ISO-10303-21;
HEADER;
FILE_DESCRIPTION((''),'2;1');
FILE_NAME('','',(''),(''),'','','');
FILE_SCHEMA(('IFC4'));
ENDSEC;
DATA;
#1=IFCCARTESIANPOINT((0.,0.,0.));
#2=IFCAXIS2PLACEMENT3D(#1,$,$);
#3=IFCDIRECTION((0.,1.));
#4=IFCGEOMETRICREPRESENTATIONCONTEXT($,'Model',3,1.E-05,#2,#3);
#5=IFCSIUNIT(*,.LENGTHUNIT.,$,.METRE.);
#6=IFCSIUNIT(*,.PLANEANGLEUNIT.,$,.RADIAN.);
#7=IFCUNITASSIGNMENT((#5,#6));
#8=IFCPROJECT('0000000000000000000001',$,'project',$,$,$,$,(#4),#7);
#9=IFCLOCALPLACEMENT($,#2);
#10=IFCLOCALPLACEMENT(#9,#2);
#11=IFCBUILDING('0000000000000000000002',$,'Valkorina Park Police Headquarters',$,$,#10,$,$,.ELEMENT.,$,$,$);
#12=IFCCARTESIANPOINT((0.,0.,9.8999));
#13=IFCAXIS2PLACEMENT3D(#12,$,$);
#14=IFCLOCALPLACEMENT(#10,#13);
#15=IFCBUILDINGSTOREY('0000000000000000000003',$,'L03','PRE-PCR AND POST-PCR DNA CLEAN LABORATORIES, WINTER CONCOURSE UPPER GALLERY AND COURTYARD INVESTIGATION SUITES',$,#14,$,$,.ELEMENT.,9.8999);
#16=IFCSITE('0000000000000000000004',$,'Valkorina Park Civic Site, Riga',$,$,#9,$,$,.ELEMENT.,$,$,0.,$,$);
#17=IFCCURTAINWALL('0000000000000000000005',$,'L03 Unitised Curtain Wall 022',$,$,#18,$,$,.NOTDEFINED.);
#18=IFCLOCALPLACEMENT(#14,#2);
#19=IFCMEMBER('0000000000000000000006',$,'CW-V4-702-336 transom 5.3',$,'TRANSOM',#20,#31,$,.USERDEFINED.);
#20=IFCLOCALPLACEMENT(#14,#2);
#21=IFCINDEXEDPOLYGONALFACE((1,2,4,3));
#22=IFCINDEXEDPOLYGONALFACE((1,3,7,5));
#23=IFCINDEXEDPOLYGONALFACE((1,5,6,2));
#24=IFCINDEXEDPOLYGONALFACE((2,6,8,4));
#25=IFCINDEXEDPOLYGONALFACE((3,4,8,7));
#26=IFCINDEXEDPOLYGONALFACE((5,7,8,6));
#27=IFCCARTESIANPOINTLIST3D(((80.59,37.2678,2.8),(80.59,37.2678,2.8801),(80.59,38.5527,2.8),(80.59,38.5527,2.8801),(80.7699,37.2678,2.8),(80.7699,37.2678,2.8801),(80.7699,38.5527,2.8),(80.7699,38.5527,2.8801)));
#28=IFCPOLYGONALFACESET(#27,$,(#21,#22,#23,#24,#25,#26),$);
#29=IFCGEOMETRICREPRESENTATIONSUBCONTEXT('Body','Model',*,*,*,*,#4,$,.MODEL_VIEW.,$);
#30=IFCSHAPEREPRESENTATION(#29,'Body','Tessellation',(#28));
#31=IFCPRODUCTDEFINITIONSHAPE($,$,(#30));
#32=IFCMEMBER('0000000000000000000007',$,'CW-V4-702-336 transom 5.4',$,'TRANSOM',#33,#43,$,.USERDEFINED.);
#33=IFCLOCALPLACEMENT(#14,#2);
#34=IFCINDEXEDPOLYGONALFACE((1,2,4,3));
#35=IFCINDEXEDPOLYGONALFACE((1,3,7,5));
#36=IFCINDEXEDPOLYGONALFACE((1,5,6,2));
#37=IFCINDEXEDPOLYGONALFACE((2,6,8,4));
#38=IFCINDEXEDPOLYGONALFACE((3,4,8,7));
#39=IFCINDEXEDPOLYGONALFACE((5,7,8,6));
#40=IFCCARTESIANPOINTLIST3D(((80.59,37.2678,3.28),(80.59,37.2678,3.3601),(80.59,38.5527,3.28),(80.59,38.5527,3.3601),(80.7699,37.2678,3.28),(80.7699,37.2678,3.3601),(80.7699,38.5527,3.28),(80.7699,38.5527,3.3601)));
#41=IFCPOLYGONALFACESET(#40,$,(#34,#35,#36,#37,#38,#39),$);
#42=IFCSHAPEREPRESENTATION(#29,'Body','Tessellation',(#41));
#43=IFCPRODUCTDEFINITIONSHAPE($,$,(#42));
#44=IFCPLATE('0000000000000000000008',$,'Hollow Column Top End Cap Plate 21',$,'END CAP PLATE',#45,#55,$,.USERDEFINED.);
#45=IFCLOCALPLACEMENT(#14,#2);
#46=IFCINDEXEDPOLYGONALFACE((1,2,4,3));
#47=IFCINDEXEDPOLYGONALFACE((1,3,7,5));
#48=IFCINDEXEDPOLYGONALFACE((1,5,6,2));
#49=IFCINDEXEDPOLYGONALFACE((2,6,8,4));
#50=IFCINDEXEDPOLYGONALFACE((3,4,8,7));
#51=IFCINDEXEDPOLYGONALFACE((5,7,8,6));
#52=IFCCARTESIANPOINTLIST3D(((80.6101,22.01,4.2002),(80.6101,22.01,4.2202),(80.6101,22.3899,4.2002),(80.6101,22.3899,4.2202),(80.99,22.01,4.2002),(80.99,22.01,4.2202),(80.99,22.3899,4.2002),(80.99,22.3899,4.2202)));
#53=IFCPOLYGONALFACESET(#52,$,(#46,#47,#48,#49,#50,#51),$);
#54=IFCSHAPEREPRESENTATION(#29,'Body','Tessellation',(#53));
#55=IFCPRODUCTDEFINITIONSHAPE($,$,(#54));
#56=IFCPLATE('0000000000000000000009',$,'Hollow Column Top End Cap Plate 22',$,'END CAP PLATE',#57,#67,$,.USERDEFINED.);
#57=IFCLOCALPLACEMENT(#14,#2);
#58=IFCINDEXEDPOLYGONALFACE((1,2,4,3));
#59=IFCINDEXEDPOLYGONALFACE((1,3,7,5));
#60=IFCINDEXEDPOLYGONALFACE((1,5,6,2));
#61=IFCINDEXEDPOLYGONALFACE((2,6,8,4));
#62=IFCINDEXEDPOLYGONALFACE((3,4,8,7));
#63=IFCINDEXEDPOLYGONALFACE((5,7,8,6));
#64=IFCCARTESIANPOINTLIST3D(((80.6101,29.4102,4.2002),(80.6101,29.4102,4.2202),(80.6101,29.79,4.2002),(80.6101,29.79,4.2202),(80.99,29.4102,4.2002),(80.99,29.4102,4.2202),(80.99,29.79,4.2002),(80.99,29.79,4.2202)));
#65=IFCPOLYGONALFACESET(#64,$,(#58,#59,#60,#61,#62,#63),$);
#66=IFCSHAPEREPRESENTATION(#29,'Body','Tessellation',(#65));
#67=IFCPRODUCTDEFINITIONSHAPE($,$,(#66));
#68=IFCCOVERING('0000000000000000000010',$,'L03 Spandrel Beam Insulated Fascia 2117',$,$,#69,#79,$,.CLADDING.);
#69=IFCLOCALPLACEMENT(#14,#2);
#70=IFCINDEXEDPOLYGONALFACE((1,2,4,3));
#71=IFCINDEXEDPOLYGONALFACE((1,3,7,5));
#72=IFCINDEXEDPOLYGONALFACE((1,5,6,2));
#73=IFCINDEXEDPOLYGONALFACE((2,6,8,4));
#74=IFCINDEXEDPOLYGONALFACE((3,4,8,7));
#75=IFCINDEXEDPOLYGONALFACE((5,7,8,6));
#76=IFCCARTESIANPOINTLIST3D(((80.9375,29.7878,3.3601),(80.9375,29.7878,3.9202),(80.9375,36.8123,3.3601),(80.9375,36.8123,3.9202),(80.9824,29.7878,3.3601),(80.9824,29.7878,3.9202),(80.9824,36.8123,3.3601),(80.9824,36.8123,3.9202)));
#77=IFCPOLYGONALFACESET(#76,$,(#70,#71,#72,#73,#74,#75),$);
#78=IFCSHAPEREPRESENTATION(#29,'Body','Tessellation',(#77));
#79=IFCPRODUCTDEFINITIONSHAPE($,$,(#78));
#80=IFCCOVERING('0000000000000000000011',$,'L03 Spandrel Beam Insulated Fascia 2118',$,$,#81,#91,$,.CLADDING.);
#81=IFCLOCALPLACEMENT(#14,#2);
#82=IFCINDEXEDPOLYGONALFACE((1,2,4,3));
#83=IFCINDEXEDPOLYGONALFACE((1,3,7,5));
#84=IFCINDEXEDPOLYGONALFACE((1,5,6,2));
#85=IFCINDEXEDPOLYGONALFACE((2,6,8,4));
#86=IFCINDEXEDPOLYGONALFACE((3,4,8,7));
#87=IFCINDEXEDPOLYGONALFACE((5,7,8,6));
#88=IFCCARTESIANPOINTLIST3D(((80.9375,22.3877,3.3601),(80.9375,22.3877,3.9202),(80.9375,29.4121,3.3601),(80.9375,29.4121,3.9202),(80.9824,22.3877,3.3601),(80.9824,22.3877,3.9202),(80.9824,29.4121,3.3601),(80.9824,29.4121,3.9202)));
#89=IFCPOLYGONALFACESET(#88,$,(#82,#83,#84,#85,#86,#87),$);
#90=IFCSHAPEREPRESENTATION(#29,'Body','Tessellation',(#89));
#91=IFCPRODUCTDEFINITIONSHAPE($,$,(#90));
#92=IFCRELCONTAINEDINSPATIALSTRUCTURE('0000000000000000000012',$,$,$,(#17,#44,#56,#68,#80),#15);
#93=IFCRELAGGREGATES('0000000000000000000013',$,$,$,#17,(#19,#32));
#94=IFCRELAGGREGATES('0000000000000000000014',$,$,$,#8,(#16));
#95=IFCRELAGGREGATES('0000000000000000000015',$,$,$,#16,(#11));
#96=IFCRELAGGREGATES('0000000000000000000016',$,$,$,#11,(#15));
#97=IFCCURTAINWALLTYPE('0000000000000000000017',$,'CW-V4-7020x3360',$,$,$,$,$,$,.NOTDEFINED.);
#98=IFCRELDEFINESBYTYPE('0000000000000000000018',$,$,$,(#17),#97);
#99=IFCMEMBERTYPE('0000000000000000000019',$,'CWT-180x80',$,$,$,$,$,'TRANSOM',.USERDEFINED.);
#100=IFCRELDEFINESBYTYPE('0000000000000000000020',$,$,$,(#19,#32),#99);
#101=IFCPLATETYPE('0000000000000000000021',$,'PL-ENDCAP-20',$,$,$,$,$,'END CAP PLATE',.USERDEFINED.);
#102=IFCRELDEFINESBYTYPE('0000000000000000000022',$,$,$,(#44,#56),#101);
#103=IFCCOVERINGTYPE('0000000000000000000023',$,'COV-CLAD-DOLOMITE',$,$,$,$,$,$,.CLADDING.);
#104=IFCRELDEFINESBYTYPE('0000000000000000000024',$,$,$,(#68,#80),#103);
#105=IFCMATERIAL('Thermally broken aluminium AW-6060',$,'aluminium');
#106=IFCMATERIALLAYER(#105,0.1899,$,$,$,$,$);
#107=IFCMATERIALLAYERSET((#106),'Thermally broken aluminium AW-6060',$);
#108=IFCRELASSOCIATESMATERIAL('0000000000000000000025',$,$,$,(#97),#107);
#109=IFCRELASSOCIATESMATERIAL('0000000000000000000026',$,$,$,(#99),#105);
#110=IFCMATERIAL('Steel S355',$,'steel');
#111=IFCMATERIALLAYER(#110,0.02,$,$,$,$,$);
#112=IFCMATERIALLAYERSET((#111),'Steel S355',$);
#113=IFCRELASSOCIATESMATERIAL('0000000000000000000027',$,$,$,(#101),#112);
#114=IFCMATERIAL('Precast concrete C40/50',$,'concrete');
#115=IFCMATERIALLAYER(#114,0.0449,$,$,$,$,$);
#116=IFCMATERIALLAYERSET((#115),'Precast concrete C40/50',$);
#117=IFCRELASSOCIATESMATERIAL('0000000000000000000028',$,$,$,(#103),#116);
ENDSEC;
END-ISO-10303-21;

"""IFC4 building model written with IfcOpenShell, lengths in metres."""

from ifc_helpers import new_model, si_unit, direction, frame, frame_2d, origin, origin_2d, place, context, subcontext, project, spatial, rectangle, extrude, material, layer, layer_set, material_profile, profile_set, type_object, element, aggregate, save


model = new_model("IFC4")

# Units and contexts
model_context = context("Model", 3, precision=1e-05, world=origin(), true_north=direction((0.0, 1.0)))
body_context = subcontext(model_context, "Body", "Model", "MODEL_VIEW")
ifc_project = project(units=[si_unit("LENGTHUNIT", "METRE"), si_unit("PLANEANGLEUNIT", "RADIAN")], contexts=[model_context])

# Site, building, storey
site_placement = place(None, origin())
site = spatial("IfcSite", under=ifc_project, at=site_placement, Name="Valkorina Park Civic Site, Riga", CompositionType="ELEMENT", RefElevation=0.0)
building_placement = place(site_placement, origin())
building = spatial("IfcBuilding", under=site, at=building_placement, Name="Valkorina Park Police Headquarters", CompositionType="ELEMENT")
storey_placement = place(building_placement, frame((0.0, 0.0, 9.8999)))
storey = spatial("IfcBuildingStorey", under=building, at=storey_placement, Name="L03", Description="PRE-PCR AND POST-PCR DNA CLEAN LABORATORIES, WINTER CONCOURSE UPPER GALLERY AND COURTYARD INVESTIGATION SUITES", CompositionType="ELEMENT", Elevation=9.8999)

# Shared definitions
ifc_material_1 = material(Name="Steel S355", Category="steel")

# Curtain wall, members
ifc_material_2 = material(Name="Thermally broken aluminium AW-6060", Category="aluminium")
ifc_layer_1 = layer(ifc_material_2, 0.1899)
ifc_layer_set_1 = layer_set([ifc_layer_1], Name="Thermally broken aluminium AW-6060")
curtain_wall_type = type_object("IfcCurtainWallType", Name="CW-V4-7020x3360", PredefinedType="NOTDEFINED", material=ifc_layer_set_1)
curtain_wall_placement = place(storey_placement, origin())
curtain_wall = element("IfcCurtainWall", 1, at=curtain_wall_placement, inside=storey, type_object=curtain_wall_type, Name="L03 Unitised Curtain Wall 022", PredefinedType="NOTDEFINED")
ifc_material_profile_1 = material_profile(ifc_material_2, rectangle(XDim=0.1799, YDim=0.0801, at=origin_2d()), Name="CWT-03 180x80")
ifc_profile_set_1 = profile_set([ifc_material_profile_1], Name="Thermally broken aluminium AW-6060")
member_type = type_object("IfcMemberType", Name="CWT-180x80", ElementType="TRANSOM", PredefinedType="USERDEFINED", material=ifc_profile_set_1)
member_1_placement = place(storey_placement, frame((80.6799, 38.5527, 2.8401), z_axis=(0.0, -1.0, 0.0), x_axis=(1.0, 0.0, 0.0)))
member_1 = element("IfcMember", 2, at=member_1_placement, type_object=member_type, Name="CW-V4-702-336 transom 5.3", ObjectType="TRANSOM", PredefinedType="USERDEFINED", context=body_context, shape_type="SweptSolid", body=[
    extrude(rectangle(XDim=0.1799, YDim=0.0801, at=origin_2d()), origin(), (0.0, 0.0, 1.0), 1.2849),
])
member_2_placement = place(storey_placement, frame((80.6799, 38.5527, 3.3201), z_axis=(0.0, -1.0, 0.0), x_axis=(1.0, 0.0, 0.0)))
member_2 = element("IfcMember", 3, at=member_2_placement, type_object=member_type, Name="CW-V4-702-336 transom 5.4", ObjectType="TRANSOM", PredefinedType="USERDEFINED", context=body_context, shape_type="SweptSolid", body=[
    extrude(rectangle(XDim=0.1799, YDim=0.0801, at=origin_2d()), origin(), (0.0, 0.0, 1.0), 1.2849),
])
aggregate(curtain_wall, [member_1, member_2])

# Plates
ifc_layer_2 = layer(ifc_material_1, 0.02)
ifc_layer_set_2 = layer_set([ifc_layer_2], Name="Steel S355")
plate_type = type_object("IfcPlateType", Name="PL-ENDCAP-20", ElementType="END CAP PLATE", PredefinedType="USERDEFINED", material=ifc_layer_set_2)
for number, where, z_axis, x_axis, name in (
    (4, (80.8, 22.2, 4.2002), (0.0, 0.0, 1.0), (1.0, 0.0, 0.0), "Hollow Column Top End Cap Plate 21"),
    (5, (80.8, 29.6001, 4.2002), (0.0, 0.0, 1.0), (1.0, 0.0, 0.0), "Hollow Column Top End Cap Plate 22"),
):
    element("IfcPlate", number, at=place(storey_placement, frame(where, z_axis=z_axis, x_axis=x_axis)), inside=storey, type_object=plate_type, Name=name, ObjectType="END CAP PLATE", PredefinedType="USERDEFINED", context=body_context, shape_type="SweptSolid", body=[
        extrude(rectangle(XDim=0.3799, YDim=0.3799, at=origin_2d()), origin(), (0.0, 0.0, 1.0), 0.02),
    ])

# Coverings
ifc_material_3 = material(Name="Precast concrete C40/50", Category="concrete")
ifc_layer_3 = layer(ifc_material_3, 0.0449)
ifc_layer_set_3 = layer_set([ifc_layer_3], Name="Precast concrete C40/50")
covering_type = type_object("IfcCoveringType", Name="COV-CLAD-DOLOMITE", PredefinedType="CLADDING", material=ifc_layer_set_3)
for number, where, z_axis, x_axis, name in (
    (6, (80.96, 36.8123, 3.3601), (0.0, 0.0, 1.0), (0.0, -1.0, 0.0), "L03 Spandrel Beam Insulated Fascia 2117"),
    (7, (80.96, 29.4121, 3.3601), (0.0, 0.0, 1.0), (0.0, -1.0, 0.0), "L03 Spandrel Beam Insulated Fascia 2118"),
):
    element("IfcCovering", number, at=place(storey_placement, frame(where, z_axis=z_axis, x_axis=x_axis)), inside=storey, type_object=covering_type, Name=name, PredefinedType="CLADDING", context=body_context, shape_type="SweptSolid", body=[
        extrude(rectangle(XDim=7.0244, YDim=0.0449, at=frame_2d((3.5122, 0.0))), origin(), (0.0, 0.0, 1.0), 0.5601),
    ])

save(model, "model.ifc")
